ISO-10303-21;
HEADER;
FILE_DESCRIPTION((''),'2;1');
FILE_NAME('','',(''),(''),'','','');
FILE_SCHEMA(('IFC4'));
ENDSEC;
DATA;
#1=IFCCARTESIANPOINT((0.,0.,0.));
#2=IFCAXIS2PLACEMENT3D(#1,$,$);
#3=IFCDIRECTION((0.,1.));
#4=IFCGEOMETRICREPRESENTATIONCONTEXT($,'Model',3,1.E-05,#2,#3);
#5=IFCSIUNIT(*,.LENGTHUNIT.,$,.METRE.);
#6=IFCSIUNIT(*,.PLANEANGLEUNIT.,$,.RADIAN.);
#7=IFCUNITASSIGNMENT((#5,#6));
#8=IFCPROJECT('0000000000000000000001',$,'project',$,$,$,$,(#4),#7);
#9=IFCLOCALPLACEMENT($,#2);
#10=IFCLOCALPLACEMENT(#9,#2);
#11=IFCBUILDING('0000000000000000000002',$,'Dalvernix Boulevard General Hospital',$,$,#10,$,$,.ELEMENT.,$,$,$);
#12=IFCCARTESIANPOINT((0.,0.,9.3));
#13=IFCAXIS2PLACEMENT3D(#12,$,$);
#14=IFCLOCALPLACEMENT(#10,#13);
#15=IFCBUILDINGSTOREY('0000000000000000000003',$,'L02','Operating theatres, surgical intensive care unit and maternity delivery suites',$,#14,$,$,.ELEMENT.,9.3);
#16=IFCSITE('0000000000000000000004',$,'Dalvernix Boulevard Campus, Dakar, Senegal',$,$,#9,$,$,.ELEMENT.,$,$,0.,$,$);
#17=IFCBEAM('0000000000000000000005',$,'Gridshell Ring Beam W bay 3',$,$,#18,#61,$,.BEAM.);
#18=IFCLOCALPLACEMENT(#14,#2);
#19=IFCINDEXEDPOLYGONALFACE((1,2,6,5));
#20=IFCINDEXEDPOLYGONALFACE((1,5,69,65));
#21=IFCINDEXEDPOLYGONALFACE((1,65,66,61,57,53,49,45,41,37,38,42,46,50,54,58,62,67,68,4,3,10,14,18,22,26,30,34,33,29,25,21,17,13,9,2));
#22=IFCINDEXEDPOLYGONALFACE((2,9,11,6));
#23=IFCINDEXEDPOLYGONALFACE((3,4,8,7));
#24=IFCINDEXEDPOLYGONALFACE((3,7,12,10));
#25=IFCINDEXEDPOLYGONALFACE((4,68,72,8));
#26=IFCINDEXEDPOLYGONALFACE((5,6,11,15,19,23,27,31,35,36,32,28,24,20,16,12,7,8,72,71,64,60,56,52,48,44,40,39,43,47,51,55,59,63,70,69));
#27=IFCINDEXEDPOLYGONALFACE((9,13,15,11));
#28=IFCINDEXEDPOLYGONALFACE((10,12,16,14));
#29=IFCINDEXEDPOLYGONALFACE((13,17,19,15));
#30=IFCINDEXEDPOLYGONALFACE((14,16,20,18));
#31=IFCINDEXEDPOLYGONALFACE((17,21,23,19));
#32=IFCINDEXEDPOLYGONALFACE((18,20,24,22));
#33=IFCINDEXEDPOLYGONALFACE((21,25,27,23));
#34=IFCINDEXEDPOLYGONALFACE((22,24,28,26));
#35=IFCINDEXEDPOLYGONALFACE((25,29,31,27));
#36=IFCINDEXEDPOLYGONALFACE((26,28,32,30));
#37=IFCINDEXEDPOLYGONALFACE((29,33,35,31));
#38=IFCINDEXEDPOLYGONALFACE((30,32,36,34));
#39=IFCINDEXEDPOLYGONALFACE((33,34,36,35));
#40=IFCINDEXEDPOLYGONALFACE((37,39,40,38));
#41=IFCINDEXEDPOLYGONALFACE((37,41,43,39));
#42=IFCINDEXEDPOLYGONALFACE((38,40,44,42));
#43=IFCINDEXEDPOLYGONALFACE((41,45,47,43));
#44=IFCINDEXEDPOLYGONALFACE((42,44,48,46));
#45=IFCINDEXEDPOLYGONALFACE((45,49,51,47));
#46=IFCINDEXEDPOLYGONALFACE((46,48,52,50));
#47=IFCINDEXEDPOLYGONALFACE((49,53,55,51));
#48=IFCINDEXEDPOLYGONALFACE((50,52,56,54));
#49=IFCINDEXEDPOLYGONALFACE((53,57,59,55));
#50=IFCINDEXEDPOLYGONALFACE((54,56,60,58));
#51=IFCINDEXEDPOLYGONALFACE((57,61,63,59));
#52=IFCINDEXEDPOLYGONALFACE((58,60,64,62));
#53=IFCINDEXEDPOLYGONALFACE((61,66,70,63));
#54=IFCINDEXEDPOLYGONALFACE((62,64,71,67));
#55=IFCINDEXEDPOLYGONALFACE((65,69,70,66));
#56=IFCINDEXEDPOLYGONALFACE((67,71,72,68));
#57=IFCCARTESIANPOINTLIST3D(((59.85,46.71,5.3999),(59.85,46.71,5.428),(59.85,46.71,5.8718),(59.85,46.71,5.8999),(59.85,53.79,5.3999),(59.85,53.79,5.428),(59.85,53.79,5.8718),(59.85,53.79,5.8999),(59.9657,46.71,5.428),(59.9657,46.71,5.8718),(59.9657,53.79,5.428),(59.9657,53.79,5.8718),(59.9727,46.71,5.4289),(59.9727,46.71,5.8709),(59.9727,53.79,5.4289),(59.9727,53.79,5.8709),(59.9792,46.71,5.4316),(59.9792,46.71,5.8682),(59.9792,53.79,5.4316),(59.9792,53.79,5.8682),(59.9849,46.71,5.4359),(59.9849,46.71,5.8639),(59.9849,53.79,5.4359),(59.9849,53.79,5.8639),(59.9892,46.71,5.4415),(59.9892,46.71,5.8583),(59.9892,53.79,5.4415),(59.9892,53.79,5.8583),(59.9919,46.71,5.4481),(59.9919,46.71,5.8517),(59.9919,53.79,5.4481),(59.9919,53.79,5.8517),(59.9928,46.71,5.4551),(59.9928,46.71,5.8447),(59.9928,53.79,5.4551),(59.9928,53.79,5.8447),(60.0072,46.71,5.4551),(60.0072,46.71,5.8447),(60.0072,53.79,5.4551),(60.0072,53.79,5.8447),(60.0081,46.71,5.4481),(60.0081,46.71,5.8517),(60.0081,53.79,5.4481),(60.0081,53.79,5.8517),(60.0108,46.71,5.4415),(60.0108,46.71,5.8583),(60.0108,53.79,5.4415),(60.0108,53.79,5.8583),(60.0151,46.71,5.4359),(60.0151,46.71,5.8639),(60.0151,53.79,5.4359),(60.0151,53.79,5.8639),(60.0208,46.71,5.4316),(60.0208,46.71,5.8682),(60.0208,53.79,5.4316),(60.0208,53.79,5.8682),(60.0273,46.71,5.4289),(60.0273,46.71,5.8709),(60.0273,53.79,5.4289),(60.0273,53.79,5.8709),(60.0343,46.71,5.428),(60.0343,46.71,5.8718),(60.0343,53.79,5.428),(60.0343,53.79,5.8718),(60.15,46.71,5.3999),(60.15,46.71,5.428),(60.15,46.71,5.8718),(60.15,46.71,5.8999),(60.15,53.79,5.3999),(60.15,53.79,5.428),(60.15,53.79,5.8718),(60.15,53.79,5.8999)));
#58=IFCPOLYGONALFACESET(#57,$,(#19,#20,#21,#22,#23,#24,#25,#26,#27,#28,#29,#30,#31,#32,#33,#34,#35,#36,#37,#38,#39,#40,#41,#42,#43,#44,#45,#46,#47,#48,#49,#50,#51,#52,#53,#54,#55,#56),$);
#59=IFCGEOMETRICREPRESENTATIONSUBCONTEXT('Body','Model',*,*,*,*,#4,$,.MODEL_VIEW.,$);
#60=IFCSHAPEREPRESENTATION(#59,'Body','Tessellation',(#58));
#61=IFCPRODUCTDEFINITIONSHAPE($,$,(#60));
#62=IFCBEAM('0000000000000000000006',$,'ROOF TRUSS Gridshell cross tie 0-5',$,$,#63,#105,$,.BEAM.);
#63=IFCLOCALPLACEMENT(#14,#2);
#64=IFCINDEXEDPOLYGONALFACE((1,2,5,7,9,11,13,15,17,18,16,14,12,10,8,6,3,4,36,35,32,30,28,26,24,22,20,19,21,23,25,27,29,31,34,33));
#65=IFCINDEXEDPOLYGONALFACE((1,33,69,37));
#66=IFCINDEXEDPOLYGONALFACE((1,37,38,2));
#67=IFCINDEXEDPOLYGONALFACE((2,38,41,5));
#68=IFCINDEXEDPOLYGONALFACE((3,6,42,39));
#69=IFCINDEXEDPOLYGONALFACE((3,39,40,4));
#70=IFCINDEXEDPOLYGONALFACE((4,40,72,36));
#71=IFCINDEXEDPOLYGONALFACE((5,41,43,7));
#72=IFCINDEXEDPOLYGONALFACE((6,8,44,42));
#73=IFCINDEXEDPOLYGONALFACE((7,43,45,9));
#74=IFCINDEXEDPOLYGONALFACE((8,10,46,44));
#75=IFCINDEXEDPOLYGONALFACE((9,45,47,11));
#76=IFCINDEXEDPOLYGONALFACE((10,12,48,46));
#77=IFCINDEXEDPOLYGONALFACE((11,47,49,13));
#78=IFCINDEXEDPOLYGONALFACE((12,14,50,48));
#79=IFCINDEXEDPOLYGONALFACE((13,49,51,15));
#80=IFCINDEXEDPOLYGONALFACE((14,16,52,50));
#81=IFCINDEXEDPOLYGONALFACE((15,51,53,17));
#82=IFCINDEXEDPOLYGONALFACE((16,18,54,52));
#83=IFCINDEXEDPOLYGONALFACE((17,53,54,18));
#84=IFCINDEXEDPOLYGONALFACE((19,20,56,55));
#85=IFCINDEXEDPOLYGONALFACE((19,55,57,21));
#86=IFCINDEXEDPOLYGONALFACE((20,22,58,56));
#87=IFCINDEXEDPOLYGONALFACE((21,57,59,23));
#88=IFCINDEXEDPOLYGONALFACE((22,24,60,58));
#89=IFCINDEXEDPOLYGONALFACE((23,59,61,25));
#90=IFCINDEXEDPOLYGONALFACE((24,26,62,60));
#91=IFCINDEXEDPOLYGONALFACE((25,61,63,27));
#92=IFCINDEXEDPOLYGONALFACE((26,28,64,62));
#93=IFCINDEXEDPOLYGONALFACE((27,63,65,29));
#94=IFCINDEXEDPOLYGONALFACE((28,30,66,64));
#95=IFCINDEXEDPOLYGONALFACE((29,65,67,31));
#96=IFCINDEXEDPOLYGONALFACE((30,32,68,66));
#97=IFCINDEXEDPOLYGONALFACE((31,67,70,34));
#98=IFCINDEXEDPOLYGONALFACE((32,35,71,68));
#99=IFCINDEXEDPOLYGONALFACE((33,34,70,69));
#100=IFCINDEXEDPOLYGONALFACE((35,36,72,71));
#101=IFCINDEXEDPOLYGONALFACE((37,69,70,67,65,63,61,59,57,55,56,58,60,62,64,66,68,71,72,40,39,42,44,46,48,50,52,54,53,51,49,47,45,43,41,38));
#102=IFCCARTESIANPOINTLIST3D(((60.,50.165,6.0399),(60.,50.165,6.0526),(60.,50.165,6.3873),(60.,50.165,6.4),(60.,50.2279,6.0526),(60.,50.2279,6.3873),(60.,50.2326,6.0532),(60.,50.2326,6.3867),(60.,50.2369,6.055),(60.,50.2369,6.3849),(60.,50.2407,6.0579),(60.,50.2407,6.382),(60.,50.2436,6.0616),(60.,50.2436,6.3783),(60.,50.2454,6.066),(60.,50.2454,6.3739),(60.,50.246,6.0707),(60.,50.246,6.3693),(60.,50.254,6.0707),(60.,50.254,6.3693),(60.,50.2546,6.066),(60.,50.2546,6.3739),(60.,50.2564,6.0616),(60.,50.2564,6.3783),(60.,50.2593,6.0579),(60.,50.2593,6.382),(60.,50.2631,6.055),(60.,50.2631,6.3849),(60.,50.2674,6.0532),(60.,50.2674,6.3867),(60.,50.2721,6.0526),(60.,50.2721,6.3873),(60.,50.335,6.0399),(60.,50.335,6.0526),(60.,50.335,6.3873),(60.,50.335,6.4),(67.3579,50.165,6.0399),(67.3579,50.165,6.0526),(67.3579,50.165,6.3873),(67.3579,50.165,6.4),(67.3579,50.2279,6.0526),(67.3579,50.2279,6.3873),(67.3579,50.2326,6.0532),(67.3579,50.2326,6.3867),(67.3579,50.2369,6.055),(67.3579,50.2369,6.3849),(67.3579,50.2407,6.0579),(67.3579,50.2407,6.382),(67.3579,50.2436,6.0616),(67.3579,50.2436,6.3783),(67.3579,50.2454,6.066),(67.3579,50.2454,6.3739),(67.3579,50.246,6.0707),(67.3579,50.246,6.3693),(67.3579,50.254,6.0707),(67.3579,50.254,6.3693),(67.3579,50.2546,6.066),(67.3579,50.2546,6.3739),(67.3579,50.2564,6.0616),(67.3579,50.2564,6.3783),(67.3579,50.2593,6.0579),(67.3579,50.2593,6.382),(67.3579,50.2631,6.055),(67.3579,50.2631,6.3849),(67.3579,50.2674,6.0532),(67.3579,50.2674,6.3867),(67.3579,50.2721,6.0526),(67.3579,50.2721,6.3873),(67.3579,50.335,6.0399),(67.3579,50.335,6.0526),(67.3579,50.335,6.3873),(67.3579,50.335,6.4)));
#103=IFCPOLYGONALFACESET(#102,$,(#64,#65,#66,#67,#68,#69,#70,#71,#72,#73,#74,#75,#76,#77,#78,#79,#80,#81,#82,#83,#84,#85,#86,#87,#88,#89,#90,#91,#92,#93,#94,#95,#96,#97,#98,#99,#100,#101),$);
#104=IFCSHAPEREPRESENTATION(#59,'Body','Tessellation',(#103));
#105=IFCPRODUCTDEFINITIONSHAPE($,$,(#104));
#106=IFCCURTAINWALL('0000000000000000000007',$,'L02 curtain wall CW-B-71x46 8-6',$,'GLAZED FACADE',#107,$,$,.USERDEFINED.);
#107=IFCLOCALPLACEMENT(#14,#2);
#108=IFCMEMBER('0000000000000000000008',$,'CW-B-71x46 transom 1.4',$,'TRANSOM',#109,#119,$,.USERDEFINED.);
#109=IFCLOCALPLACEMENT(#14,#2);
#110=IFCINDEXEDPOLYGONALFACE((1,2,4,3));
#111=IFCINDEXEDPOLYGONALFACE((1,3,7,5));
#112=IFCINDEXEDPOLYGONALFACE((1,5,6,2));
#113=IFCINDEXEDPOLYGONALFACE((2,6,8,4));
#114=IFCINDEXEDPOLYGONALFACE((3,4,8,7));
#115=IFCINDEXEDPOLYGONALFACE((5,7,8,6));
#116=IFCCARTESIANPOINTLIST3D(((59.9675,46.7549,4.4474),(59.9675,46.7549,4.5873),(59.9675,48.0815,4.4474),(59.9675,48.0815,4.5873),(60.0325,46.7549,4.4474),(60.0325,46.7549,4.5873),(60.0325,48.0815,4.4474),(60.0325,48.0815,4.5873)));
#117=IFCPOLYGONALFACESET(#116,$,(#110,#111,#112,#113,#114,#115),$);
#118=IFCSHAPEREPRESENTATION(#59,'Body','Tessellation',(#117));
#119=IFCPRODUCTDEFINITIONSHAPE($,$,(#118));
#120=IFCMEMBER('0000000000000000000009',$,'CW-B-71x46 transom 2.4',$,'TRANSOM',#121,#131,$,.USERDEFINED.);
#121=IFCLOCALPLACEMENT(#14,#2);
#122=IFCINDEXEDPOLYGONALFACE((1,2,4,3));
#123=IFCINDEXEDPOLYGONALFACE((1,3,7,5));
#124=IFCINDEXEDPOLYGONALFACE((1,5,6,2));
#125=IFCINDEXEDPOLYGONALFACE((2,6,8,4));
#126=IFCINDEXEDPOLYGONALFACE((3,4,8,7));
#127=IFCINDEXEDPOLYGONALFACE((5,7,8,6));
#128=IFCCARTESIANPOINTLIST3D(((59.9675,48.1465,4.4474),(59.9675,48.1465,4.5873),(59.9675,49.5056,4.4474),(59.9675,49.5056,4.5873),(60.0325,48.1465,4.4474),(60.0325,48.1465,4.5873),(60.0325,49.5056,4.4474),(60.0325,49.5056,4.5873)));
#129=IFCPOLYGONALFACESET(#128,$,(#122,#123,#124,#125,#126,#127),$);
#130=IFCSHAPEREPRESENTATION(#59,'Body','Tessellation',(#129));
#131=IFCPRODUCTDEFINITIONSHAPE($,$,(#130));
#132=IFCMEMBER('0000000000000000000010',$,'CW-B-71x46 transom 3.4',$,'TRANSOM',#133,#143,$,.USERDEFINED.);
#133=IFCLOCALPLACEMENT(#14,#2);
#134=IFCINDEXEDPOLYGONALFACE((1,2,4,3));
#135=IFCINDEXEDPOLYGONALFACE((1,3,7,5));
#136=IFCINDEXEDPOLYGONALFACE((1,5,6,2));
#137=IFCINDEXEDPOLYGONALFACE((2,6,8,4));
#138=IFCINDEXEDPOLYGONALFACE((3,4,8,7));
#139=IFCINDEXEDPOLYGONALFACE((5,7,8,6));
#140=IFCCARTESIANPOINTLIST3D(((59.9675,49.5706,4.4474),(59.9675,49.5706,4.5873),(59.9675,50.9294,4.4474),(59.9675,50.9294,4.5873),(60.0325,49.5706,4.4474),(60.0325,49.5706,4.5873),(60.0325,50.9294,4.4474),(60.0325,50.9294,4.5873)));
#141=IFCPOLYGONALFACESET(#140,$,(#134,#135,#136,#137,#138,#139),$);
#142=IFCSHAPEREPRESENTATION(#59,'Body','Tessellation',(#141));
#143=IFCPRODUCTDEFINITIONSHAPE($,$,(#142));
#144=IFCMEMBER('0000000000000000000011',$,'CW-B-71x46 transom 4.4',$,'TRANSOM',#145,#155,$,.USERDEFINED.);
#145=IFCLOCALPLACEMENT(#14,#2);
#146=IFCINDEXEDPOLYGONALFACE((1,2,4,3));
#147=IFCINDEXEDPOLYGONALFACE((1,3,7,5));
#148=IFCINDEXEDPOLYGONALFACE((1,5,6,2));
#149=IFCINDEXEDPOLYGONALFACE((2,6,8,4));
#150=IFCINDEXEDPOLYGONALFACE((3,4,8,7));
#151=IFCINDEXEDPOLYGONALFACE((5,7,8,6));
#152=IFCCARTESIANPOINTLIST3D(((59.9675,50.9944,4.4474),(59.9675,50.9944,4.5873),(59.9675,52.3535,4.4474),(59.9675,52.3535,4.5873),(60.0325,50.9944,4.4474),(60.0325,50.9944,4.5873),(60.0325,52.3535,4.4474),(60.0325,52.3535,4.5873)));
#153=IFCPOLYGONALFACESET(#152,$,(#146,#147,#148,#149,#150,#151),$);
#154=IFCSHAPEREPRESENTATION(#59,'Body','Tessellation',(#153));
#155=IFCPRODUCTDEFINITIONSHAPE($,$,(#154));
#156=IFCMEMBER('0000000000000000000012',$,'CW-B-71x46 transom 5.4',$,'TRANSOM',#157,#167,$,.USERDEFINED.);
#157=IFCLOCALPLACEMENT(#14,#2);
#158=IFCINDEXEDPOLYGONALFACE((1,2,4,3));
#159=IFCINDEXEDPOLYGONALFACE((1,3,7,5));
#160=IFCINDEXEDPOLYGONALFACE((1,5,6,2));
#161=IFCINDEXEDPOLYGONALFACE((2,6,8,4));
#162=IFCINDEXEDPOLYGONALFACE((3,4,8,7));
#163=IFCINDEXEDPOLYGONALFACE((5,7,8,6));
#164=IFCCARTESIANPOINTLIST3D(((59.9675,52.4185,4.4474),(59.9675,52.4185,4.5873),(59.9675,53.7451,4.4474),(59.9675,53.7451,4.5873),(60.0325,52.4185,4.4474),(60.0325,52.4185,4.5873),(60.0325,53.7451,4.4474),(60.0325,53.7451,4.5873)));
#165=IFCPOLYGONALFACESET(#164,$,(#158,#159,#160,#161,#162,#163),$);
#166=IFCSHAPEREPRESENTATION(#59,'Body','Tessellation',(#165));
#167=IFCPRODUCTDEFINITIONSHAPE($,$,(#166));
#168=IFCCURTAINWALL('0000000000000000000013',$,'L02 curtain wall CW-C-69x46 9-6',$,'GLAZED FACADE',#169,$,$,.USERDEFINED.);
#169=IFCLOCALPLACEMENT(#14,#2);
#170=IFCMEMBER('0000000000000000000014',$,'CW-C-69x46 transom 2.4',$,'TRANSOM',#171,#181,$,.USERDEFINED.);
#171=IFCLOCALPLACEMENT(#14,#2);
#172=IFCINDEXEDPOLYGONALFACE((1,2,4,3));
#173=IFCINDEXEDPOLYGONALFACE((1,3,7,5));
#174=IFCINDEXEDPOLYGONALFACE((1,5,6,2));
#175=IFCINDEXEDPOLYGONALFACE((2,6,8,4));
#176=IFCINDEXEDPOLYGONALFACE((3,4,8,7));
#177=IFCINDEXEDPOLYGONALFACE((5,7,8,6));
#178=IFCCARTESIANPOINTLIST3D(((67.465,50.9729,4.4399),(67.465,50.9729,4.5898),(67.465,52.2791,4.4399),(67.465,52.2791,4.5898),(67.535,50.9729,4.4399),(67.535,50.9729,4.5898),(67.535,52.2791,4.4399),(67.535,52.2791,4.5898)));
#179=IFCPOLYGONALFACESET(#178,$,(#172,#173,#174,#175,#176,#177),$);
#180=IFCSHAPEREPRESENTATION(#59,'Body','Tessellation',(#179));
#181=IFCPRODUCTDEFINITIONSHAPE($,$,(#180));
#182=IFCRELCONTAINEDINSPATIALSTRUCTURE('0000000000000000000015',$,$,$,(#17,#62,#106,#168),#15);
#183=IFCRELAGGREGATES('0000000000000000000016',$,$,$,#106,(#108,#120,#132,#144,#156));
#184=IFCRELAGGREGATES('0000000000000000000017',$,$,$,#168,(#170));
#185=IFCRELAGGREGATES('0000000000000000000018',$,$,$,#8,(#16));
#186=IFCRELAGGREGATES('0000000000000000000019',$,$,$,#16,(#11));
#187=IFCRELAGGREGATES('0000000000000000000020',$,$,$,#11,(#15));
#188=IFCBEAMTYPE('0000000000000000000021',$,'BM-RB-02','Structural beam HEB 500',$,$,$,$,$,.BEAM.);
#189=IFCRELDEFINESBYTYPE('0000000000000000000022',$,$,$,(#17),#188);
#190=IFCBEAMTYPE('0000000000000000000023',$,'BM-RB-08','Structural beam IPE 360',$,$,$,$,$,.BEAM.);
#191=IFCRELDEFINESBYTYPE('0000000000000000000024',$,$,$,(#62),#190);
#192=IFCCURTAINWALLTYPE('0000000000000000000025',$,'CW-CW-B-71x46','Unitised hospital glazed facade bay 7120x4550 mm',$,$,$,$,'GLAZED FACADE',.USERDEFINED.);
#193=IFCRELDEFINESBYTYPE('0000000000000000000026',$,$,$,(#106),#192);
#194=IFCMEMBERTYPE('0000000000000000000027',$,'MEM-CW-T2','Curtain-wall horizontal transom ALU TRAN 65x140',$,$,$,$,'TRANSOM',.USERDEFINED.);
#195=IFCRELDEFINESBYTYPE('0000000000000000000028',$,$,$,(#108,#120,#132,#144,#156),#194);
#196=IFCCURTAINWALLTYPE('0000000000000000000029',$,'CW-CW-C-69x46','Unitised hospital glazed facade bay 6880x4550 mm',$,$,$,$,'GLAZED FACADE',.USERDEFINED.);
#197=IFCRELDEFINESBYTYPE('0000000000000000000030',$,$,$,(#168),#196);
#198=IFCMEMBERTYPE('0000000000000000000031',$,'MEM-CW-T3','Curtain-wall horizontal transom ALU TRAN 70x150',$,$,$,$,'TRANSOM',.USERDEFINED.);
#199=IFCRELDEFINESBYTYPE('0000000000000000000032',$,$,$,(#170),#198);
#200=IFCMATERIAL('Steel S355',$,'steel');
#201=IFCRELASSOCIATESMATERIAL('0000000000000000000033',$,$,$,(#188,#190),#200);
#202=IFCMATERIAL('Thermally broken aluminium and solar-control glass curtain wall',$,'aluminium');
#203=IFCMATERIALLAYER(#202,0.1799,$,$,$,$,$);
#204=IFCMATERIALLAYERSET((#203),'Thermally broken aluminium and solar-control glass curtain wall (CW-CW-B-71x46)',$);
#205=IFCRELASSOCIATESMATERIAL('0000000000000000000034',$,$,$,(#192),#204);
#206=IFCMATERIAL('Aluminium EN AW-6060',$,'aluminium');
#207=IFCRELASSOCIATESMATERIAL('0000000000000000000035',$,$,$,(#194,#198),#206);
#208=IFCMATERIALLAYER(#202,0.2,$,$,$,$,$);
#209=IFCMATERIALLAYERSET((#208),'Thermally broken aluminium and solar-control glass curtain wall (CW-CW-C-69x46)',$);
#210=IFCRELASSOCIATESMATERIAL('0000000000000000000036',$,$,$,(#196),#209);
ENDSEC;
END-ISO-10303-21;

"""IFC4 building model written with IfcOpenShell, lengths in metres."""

from ifc_helpers import new_model, si_unit, direction, frame, origin, origin_2d, place, context, subcontext, project, spatial, rectangle, i_section, extrude, material, layer, layer_set, material_profile, profile_set, type_object, element, aggregate, save


model = new_model("IFC4")

# Units and contexts
model_context = context("Model", 3, precision=1e-05, world=origin(), true_north=direction((0.0, 1.0)))
body_context = subcontext(model_context, "Body", "Model", "MODEL_VIEW")
ifc_project = project(units=[si_unit("LENGTHUNIT", "METRE"), si_unit("PLANEANGLEUNIT", "RADIAN")], contexts=[model_context])

# Site, building, storey
site_placement = place(None, origin())
site = spatial("IfcSite", under=ifc_project, at=site_placement, Name="Dalvernix Boulevard Campus, Dakar, Senegal", CompositionType="ELEMENT", RefElevation=0.0)
building_placement = place(site_placement, origin())
building = spatial("IfcBuilding", under=site, at=building_placement, Name="Dalvernix Boulevard General Hospital", CompositionType="ELEMENT")
storey_placement = place(building_placement, frame((0.0, 0.0, 9.3)))
storey = spatial("IfcBuildingStorey", under=building, at=storey_placement, Name="L02", Description="Operating theatres, surgical intensive care unit and maternity delivery suites", CompositionType="ELEMENT", Elevation=9.3)

# Beams
ifc_material_1 = material(Name="Steel S355", Category="steel")
ifc_material_profile_1 = material_profile(ifc_material_1, i_section(OverallWidth=0.3, OverallDepth=0.5, WebThickness=0.0144, FlangeThickness=0.0281, FilletRadius=0.0271, at=origin_2d()), Name="HEB 500")
ifc_profile_set_1 = profile_set([ifc_material_profile_1], Name="Steel S355")
beam_type_1 = type_object("IfcBeamType", Name="BM-RB-02", Description="Structural beam HEB 500", PredefinedType="BEAM", material=ifc_profile_set_1)
beam_1_placement = place(storey_placement, frame((60.0, 46.71, 5.6499), z_axis=(0.0, 1.0, 0.0), x_axis=(-1.0, 0.0, 0.0)))
element("IfcBeam", 1, at=beam_1_placement, inside=storey, type_object=beam_type_1, Name="Gridshell Ring Beam W bay 3", PredefinedType="BEAM", context=body_context, shape_type="SweptSolid", body=[
    extrude(i_section(OverallWidth=0.3, OverallDepth=0.5, WebThickness=0.0144, FlangeThickness=0.0281, FilletRadius=0.0271, at=origin_2d()), origin(), (0.0, 0.0, 1.0), 7.0801),
])
ifc_material_profile_2 = material_profile(ifc_material_1, i_section(OverallWidth=0.1699, OverallDepth=0.3601, WebThickness=0.0081, FlangeThickness=0.0127, FilletRadius=0.0181, at=origin_2d()), Name="IPE 360")
ifc_profile_set_2 = profile_set([ifc_material_profile_2], Name="Steel S355")
beam_type_2 = type_object("IfcBeamType", Name="BM-RB-08", Description="Structural beam IPE 360", PredefinedType="BEAM", material=ifc_profile_set_2)
beam_2_placement = place(storey_placement, frame((60.0, 50.25, 6.22), z_axis=(1.0, 0.0, 0.0), x_axis=(0.0, 1.0, 0.0)))
element("IfcBeam", 2, at=beam_2_placement, inside=storey, type_object=beam_type_2, Name="ROOF TRUSS Gridshell cross tie 0-5", PredefinedType="BEAM", context=body_context, shape_type="SweptSolid", body=[
    extrude(i_section(OverallWidth=0.1699, OverallDepth=0.3601, WebThickness=0.0081, FlangeThickness=0.0127, FilletRadius=0.0181, at=origin_2d()), origin(), (0.0, 0.0, 1.0), 7.3579),
])

# Curtain wall, members
ifc_material_2 = material(Name="Thermally broken aluminium and solar-control glass curtain wall", Category="aluminium")
ifc_layer_1 = layer(ifc_material_2, 0.1799)
ifc_layer_set_1 = layer_set([ifc_layer_1], Name="Thermally broken aluminium and solar-control glass curtain wall (CW-CW-B-71x46)")
curtain_wall_type_1 = type_object("IfcCurtainWallType", Name="CW-CW-B-71x46", Description="Unitised hospital glazed facade bay 7120x4550 mm", ElementType="GLAZED FACADE", PredefinedType="USERDEFINED", material=ifc_layer_set_1)
curtain_wall_1_placement = place(storey_placement, origin())
curtain_wall_1 = element("IfcCurtainWall", 3, at=curtain_wall_1_placement, inside=storey, type_object=curtain_wall_type_1, Name="L02 curtain wall CW-B-71x46 8-6", ObjectType="GLAZED FACADE", PredefinedType="USERDEFINED")
ifc_material_3 = material(Name="Aluminium EN AW-6060", Category="aluminium")
ifc_material_profile_3 = material_profile(ifc_material_3, rectangle(XDim=0.0649, YDim=0.1399, at=origin_2d()), Name="ALU TRAN 65x140")
ifc_profile_set_3 = profile_set([ifc_material_profile_3], Name="Aluminium EN AW-6060")
member_type_1 = type_object("IfcMemberType", Name="MEM-CW-T2", Description="Curtain-wall horizontal transom ALU TRAN 65x140", ElementType="TRANSOM", PredefinedType="USERDEFINED", material=ifc_profile_set_3)
member_1_placement = place(storey_placement, frame((60.0, 46.7549, 4.5173), z_axis=(0.0, 1.0, 0.0), x_axis=(-1.0, 0.0, 0.0)))
member_1 = element("IfcMember", 4, at=member_1_placement, type_object=member_type_1, Name="CW-B-71x46 transom 1.4", ObjectType="TRANSOM", PredefinedType="USERDEFINED", context=body_context, shape_type="SweptSolid", body=[
    extrude(rectangle(XDim=0.0649, YDim=0.1399, at=origin_2d()), origin(), (0.0, 0.0, 1.0), 1.3267),
])
member_2_placement = place(storey_placement, frame((60.0, 48.1465, 4.5173), z_axis=(0.0, 1.0, 0.0), x_axis=(-1.0, 0.0, 0.0)))
member_2 = element("IfcMember", 5, at=member_2_placement, type_object=member_type_1, Name="CW-B-71x46 transom 2.4", ObjectType="TRANSOM", PredefinedType="USERDEFINED", context=body_context, shape_type="SweptSolid", body=[
    extrude(rectangle(XDim=0.0649, YDim=0.1399, at=origin_2d()), origin(), (0.0, 0.0, 1.0), 1.3591),
])
member_3_placement = place(storey_placement, frame((60.0, 49.5706, 4.5173), z_axis=(0.0, 1.0, 0.0), x_axis=(-1.0, 0.0, 0.0)))
member_3 = element("IfcMember", 6, at=member_3_placement, type_object=member_type_1, Name="CW-B-71x46 transom 3.4", ObjectType="TRANSOM", PredefinedType="USERDEFINED", context=body_context, shape_type="SweptSolid", body=[
    extrude(rectangle(XDim=0.0649, YDim=0.1399, at=origin_2d()), origin(), (0.0, 0.0, 1.0), 1.3589),
])
member_4_placement = place(storey_placement, frame((60.0, 50.9944, 4.5173), z_axis=(0.0, 1.0, 0.0), x_axis=(-1.0, 0.0, 0.0)))
member_4 = element("IfcMember", 7, at=member_4_placement, type_object=member_type_1, Name="CW-B-71x46 transom 4.4", ObjectType="TRANSOM", PredefinedType="USERDEFINED", context=body_context, shape_type="SweptSolid", body=[
    extrude(rectangle(XDim=0.0649, YDim=0.1399, at=origin_2d()), origin(), (0.0, 0.0, 1.0), 1.3591),
])
member_5_placement = place(storey_placement, frame((60.0, 52.4185, 4.5173), z_axis=(0.0, 1.0, 0.0), x_axis=(-1.0, 0.0, 0.0)))
member_5 = element("IfcMember", 8, at=member_5_placement, type_object=member_type_1, Name="CW-B-71x46 transom 5.4", ObjectType="TRANSOM", PredefinedType="USERDEFINED", context=body_context, shape_type="SweptSolid", body=[
    extrude(rectangle(XDim=0.0649, YDim=0.1399, at=origin_2d()), origin(), (0.0, 0.0, 1.0), 1.3267),
])
aggregate(curtain_wall_1, [member_1, member_2, member_3, member_4, member_5])

# Curtain wall, member
ifc_layer_2 = layer(ifc_material_2, 0.2)
ifc_layer_set_2 = layer_set([ifc_layer_2], Name="Thermally broken aluminium and solar-control glass curtain wall (CW-CW-C-69x46)")
curtain_wall_type_2 = type_object("IfcCurtainWallType", Name="CW-CW-C-69x46", Description="Unitised hospital glazed facade bay 6880x4550 mm", ElementType="GLAZED FACADE", PredefinedType="USERDEFINED", material=ifc_layer_set_2)
curtain_wall_2_placement = place(storey_placement, origin())
curtain_wall_2 = element("IfcCurtainWall", 9, at=curtain_wall_2_placement, inside=storey, type_object=curtain_wall_type_2, Name="L02 curtain wall CW-C-69x46 9-6", ObjectType="GLAZED FACADE", PredefinedType="USERDEFINED")
ifc_material_profile_4 = material_profile(ifc_material_3, rectangle(XDim=0.0701, YDim=0.1499, at=origin_2d()), Name="ALU TRAN 70x150")
ifc_profile_set_4 = profile_set([ifc_material_profile_4], Name="Aluminium EN AW-6060")
member_type_2 = type_object("IfcMemberType", Name="MEM-CW-T3", Description="Curtain-wall horizontal transom ALU TRAN 70x150", ElementType="TRANSOM", PredefinedType="USERDEFINED", material=ifc_profile_set_4)
member_6_placement = place(storey_placement, frame((67.5, 52.2791, 4.5149), z_axis=(0.0, -1.0, 0.0), x_axis=(1.0, 0.0, 0.0)))
member_6 = element("IfcMember", 10, at=member_6_placement, type_object=member_type_2, Name="CW-C-69x46 transom 2.4", ObjectType="TRANSOM", PredefinedType="USERDEFINED", context=body_context, shape_type="SweptSolid", body=[
    extrude(rectangle(XDim=0.0701, YDim=0.1499, at=origin_2d()), origin(), (0.0, 0.0, 1.0), 1.3062),
])
aggregate(curtain_wall_2, [member_6])

save(model, "model.ifc")
